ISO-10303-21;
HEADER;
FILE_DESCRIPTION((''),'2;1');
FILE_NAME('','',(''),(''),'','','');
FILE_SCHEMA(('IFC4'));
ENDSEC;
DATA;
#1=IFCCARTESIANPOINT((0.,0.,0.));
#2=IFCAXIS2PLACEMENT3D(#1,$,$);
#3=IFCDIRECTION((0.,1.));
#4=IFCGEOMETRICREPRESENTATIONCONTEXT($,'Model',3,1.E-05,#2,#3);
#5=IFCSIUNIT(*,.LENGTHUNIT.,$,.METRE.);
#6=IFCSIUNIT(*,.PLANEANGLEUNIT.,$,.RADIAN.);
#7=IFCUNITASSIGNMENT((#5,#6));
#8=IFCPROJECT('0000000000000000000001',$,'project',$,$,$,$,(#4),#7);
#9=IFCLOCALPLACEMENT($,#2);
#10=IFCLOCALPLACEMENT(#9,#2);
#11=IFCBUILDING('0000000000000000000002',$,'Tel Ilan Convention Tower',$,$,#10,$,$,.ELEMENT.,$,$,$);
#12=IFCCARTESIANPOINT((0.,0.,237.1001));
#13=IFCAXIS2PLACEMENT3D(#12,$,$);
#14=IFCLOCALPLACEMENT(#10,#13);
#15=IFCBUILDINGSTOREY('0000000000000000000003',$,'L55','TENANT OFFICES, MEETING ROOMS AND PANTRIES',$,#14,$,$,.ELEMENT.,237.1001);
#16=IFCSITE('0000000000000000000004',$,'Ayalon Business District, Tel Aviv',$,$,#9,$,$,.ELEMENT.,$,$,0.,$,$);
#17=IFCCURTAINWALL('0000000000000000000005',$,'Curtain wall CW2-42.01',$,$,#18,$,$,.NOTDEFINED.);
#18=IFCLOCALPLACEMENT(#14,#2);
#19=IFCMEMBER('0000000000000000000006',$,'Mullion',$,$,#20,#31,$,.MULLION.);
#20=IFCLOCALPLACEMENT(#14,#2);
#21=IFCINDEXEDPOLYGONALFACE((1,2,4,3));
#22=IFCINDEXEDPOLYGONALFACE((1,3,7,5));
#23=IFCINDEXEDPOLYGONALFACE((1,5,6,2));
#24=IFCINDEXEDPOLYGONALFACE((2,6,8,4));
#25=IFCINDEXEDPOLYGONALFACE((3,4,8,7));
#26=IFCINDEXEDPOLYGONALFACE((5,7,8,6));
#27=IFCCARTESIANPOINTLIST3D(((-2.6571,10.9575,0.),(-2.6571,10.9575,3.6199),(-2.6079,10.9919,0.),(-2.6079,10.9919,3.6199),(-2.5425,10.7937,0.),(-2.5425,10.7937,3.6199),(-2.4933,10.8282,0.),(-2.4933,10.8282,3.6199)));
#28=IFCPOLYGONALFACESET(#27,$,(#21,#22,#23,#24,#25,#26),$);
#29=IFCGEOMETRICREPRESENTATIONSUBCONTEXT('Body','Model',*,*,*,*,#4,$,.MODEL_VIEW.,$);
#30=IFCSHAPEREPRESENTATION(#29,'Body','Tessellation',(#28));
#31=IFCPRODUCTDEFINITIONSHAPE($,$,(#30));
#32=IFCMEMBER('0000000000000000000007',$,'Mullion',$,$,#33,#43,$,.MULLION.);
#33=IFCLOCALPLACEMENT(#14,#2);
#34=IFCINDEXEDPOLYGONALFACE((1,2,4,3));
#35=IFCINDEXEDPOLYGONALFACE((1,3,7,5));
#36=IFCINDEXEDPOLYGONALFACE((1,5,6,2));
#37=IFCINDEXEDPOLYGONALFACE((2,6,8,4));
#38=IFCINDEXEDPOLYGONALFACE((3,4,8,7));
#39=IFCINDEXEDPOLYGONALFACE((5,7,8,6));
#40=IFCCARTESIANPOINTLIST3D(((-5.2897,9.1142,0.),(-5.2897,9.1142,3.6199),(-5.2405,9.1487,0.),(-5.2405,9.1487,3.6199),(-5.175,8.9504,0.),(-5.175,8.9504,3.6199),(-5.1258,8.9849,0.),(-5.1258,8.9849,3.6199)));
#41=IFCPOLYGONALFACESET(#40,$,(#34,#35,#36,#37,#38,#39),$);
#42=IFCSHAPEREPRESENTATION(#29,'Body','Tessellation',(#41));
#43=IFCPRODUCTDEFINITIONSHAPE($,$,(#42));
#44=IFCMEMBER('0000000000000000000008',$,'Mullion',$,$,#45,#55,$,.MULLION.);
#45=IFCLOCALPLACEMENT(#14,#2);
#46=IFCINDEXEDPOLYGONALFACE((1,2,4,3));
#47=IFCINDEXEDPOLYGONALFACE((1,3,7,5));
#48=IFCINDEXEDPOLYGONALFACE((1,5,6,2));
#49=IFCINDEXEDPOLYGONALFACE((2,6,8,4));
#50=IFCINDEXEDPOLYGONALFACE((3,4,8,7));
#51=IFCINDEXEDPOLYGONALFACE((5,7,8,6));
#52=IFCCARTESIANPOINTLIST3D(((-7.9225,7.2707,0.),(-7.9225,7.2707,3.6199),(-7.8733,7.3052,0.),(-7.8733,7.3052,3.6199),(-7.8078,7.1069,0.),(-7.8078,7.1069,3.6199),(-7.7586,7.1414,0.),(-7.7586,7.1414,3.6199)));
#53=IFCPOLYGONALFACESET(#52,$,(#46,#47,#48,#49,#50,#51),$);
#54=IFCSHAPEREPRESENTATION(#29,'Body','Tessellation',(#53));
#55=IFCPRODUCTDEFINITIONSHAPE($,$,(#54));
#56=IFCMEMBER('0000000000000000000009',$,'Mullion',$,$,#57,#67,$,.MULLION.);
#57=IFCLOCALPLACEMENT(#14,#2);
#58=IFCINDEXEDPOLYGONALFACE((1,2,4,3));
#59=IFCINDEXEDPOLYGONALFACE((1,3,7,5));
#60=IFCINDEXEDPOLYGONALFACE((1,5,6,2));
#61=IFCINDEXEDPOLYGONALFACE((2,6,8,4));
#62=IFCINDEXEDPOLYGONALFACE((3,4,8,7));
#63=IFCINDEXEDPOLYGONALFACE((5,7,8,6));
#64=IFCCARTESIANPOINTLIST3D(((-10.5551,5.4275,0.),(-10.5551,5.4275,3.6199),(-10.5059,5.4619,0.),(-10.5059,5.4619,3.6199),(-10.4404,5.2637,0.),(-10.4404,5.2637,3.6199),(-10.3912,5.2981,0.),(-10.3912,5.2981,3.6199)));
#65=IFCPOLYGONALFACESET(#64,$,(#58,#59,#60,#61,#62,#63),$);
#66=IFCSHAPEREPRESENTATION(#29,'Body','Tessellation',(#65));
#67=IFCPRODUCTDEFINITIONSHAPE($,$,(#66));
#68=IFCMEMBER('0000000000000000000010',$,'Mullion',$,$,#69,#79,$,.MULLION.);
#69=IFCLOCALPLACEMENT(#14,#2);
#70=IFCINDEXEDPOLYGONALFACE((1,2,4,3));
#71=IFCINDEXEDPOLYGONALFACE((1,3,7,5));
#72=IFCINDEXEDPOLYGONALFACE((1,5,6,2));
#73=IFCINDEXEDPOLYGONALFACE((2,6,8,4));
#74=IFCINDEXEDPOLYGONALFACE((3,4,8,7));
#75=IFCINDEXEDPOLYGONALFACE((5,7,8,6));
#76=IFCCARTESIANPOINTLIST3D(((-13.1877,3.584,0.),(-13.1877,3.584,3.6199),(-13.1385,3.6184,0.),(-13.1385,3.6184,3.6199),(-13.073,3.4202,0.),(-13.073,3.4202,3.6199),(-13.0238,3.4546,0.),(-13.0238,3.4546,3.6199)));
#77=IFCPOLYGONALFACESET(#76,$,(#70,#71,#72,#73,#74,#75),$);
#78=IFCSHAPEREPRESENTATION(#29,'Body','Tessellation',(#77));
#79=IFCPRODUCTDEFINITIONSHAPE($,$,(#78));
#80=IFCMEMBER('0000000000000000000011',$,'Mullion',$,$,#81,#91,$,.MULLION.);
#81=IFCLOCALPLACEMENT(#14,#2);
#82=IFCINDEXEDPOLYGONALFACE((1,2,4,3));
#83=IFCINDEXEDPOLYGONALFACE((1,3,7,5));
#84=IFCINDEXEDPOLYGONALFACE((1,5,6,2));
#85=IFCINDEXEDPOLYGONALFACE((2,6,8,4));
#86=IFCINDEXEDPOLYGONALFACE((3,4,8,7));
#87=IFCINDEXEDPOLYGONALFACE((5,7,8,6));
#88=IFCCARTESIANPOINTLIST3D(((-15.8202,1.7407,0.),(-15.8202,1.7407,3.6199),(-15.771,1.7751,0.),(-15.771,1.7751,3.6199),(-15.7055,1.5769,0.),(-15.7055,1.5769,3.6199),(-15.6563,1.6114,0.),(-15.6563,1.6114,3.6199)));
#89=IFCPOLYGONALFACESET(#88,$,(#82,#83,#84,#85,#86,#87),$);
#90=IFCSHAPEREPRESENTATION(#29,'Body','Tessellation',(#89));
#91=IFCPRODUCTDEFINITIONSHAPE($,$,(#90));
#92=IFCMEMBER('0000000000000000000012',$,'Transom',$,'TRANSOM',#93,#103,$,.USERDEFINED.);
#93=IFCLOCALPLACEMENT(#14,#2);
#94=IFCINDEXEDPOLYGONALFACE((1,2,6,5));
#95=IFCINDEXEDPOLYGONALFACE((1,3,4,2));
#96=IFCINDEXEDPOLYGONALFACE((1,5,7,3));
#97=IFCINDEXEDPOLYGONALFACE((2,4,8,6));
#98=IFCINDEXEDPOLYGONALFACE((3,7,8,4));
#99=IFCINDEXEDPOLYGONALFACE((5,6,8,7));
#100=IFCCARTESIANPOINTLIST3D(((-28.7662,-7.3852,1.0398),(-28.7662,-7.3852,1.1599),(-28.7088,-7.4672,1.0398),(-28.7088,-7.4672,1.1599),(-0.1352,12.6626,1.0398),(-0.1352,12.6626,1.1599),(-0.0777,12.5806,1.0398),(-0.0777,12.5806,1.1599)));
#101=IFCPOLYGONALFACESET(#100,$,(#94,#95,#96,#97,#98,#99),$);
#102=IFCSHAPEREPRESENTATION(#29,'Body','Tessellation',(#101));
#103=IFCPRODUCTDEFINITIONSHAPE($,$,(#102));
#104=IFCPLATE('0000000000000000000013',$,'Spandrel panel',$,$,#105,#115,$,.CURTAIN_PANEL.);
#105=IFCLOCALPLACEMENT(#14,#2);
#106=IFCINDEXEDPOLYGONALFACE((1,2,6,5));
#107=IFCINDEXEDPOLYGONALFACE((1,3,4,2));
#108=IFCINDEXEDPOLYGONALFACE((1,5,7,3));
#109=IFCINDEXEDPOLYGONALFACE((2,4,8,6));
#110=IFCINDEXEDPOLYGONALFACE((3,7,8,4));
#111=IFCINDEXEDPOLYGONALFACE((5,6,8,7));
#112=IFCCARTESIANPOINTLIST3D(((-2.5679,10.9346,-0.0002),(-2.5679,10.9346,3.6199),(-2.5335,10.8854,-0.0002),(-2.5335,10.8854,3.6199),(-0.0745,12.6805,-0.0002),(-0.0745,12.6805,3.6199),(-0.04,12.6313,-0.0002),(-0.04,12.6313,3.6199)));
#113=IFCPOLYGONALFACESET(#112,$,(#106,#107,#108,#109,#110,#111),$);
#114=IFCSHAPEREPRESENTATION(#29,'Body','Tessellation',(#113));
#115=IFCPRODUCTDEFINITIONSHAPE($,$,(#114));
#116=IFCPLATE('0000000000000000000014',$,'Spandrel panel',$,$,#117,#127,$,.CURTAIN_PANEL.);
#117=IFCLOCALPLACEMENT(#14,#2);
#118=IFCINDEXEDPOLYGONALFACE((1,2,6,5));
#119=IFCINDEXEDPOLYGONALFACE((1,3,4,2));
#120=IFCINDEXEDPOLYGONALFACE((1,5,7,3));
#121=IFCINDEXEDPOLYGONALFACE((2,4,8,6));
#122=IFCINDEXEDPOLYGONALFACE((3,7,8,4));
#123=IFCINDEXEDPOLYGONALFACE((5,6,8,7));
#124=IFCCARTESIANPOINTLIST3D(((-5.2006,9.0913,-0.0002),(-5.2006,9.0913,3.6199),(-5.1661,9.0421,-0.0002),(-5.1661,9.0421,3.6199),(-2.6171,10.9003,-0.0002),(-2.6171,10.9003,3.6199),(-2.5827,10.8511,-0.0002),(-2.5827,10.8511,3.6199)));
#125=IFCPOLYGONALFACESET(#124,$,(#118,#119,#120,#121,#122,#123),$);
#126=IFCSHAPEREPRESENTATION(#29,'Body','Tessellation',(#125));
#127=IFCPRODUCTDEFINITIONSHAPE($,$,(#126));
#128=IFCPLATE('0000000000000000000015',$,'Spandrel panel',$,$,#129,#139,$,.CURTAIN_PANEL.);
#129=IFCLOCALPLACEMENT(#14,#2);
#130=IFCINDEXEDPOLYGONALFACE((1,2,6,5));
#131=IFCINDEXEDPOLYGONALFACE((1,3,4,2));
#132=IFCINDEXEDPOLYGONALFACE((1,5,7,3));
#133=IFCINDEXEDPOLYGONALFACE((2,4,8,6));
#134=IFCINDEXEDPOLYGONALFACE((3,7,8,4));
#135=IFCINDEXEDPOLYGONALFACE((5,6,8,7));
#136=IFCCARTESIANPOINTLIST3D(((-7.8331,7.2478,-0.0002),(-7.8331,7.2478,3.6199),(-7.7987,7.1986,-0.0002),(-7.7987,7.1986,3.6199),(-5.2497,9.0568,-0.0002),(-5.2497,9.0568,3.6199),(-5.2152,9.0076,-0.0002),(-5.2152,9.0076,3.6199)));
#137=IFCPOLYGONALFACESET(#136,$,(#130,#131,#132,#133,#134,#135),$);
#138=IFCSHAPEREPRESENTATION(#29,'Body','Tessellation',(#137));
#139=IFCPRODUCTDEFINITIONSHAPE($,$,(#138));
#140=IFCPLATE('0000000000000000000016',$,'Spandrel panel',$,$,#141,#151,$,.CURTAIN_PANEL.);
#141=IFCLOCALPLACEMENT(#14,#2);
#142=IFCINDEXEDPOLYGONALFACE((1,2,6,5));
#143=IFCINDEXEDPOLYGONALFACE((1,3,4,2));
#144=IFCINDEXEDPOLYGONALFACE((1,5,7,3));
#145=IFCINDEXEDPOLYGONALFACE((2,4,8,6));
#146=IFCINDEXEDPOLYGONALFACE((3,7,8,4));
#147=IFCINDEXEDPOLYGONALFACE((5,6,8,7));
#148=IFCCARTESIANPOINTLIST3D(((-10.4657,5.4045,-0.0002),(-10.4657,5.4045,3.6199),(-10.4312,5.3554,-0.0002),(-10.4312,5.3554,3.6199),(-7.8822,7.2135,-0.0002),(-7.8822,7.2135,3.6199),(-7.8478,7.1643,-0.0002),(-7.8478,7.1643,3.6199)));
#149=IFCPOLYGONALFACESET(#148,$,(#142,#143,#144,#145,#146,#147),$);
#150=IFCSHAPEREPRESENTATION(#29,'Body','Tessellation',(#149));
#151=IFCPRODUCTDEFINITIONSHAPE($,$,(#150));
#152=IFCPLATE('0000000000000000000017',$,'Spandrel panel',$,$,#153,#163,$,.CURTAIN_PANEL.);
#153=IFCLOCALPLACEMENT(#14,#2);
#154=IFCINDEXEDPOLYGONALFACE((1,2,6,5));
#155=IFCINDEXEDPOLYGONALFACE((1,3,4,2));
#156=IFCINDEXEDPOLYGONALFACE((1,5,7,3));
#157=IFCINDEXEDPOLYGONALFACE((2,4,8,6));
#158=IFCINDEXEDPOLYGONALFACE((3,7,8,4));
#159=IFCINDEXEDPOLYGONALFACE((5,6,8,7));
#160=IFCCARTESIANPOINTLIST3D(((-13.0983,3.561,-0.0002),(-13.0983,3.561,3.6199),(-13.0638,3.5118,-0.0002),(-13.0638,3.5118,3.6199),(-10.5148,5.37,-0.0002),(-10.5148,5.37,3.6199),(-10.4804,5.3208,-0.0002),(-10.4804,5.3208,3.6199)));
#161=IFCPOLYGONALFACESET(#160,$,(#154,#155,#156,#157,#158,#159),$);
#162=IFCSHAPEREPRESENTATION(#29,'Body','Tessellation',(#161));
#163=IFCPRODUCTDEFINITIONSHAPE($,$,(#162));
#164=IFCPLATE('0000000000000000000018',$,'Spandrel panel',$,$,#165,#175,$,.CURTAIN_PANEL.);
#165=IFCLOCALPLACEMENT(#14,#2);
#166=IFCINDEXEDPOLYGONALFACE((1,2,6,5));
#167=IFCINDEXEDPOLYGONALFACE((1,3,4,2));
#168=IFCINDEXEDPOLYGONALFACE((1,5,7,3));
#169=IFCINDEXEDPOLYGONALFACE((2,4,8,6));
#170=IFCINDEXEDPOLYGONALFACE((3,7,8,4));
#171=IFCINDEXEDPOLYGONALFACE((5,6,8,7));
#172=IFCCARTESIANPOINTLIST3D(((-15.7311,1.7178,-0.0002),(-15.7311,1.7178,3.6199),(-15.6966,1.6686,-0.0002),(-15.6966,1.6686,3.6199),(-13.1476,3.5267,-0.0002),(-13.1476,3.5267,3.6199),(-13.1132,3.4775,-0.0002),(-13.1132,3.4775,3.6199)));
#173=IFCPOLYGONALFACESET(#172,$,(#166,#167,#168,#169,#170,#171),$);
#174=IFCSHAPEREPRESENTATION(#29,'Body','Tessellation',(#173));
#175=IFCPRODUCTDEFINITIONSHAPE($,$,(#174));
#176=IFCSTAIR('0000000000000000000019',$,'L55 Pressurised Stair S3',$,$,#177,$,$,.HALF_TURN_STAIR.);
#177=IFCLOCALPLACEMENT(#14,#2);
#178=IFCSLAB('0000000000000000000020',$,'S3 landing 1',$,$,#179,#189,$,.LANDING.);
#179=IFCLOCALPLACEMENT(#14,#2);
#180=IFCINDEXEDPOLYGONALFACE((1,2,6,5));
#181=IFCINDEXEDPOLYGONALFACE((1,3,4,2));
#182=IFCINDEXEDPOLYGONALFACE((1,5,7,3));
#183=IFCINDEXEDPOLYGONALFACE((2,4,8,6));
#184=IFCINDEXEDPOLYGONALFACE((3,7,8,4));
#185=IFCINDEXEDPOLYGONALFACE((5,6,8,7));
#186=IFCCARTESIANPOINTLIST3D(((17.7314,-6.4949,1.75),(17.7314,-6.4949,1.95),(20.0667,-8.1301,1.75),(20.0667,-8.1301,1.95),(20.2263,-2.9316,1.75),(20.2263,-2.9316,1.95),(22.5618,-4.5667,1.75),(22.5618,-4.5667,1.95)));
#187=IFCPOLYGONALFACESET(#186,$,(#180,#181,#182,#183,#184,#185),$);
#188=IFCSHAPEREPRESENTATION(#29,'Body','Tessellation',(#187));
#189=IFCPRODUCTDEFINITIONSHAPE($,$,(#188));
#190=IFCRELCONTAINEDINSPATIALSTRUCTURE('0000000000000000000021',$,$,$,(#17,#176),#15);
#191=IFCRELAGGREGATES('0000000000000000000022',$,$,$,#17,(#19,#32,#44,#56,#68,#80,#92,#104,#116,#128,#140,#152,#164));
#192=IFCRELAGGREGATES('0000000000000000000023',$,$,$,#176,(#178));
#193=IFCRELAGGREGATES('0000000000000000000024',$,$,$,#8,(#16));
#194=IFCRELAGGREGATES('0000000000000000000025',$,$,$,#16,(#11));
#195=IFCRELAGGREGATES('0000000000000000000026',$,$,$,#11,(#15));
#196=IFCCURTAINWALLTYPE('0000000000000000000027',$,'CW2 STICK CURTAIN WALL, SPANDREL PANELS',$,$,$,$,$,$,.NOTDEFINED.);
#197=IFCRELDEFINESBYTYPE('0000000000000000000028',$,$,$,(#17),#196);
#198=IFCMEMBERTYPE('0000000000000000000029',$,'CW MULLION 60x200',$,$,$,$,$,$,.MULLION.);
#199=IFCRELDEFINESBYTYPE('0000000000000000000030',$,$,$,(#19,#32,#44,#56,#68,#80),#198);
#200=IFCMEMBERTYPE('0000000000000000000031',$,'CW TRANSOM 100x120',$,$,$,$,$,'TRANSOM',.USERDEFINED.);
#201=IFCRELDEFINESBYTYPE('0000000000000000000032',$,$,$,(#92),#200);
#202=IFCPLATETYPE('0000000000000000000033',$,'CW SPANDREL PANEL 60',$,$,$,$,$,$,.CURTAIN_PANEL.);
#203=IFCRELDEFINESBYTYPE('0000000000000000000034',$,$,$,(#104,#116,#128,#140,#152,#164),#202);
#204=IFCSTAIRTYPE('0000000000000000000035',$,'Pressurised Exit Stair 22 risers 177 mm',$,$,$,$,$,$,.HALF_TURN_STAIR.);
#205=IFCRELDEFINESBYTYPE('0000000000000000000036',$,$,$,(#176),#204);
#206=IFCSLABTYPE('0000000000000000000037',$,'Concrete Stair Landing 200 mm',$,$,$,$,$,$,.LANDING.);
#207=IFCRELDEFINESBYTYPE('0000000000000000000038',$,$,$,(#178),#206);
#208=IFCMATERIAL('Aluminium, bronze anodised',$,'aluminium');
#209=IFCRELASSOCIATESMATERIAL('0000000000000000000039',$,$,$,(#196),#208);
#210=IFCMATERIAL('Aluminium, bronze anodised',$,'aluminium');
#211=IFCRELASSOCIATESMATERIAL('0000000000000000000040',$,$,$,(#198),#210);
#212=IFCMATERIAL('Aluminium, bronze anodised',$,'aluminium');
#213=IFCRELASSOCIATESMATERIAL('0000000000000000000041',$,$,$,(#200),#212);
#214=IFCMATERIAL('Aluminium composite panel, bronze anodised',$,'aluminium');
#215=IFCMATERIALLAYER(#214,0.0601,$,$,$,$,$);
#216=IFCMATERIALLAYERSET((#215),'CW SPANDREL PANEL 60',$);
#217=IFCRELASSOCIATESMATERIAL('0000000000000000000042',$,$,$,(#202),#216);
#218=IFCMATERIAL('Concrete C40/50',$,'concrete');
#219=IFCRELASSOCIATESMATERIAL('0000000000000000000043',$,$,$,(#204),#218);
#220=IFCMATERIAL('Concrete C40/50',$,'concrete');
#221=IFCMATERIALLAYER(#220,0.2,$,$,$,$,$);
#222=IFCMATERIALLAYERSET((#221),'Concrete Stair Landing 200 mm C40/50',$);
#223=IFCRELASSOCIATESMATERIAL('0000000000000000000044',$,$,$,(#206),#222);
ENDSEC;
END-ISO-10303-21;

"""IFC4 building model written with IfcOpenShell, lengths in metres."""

from ifc_helpers import new_model, si_unit, direction, frame, origin, origin_2d, place, context, subcontext, project, spatial, polyline, rectangle, outline, extrude, material, layer, layer_set, material_profile, profile_set, type_object, element, aggregate, save


model = new_model("IFC4")

# Units and contexts
model_context = context("Model", 3, precision=1e-05, world=origin(), true_north=direction((0.0, 1.0)))
body_context = subcontext(model_context, "Body", "Model", "MODEL_VIEW")
ifc_project = project(units=[si_unit("LENGTHUNIT", "METRE"), si_unit("PLANEANGLEUNIT", "RADIAN")], contexts=[model_context])

# Site, building, storey
site_placement = place(None, origin())
site = spatial("IfcSite", under=ifc_project, at=site_placement, Name="Ayalon Business District, Tel Aviv", CompositionType="ELEMENT", RefElevation=0.0)
building_placement = place(site_placement, origin())
building = spatial("IfcBuilding", under=site, at=building_placement, Name="Tel Ilan Convention Tower", CompositionType="ELEMENT")
storey_placement = place(building_placement, frame((0.0, 0.0, 237.1001)))
storey = spatial("IfcBuildingStorey", under=building, at=storey_placement, Name="L55", Description="TENANT OFFICES, MEETING ROOMS AND PANTRIES", CompositionType="ELEMENT", Elevation=237.1001)

# Curtain wall, members, plates
ifc_material_1 = material(Name="Aluminium, bronze anodised", Category="aluminium")
curtain_wall_type = type_object("IfcCurtainWallType", Name="CW2 STICK CURTAIN WALL, SPANDREL PANELS", PredefinedType="NOTDEFINED", material=ifc_material_1)
curtain_wall_placement = place(storey_placement, origin())
curtain_wall = element("IfcCurtainWall", 1, at=curtain_wall_placement, inside=storey, type_object=curtain_wall_type, Name="Curtain wall CW2-42.01", PredefinedType="NOTDEFINED")
ifc_material_2 = material(Name="Aluminium, bronze anodised", Category="aluminium")
ifc_material_profile_1 = material_profile(ifc_material_2, rectangle(XDim=0.0601, YDim=0.2, at=origin_2d()), Name="CW MULLION 60x200")
ifc_profile_set_1 = profile_set([ifc_material_profile_1], Name="Aluminium, bronze anodised")
member_type_1 = type_object("IfcMemberType", Name="CW MULLION 60x200", PredefinedType="MULLION", material=ifc_profile_set_1)
member_1_placement = place(storey_placement, frame((-2.5752, 10.8928, 0.0), z_axis=(0.0, 0.0, 1.0), x_axis=(-0.819152, -0.573576, 0.0)))
member_1 = element("IfcMember", 2, at=member_1_placement, type_object=member_type_1, Name="Mullion", PredefinedType="MULLION", context=body_context, shape_type="SweptSolid", body=[
    extrude(rectangle(XDim=0.0601, YDim=0.2, at=origin_2d()), origin(), (0.0, 0.0, 1.0), 3.6199),
])
member_2_placement = place(storey_placement, frame((-5.2078, 9.0496, 0.0), z_axis=(0.0, 0.0, 1.0), x_axis=(-0.819152, -0.573576, 0.0)))
member_2 = element("IfcMember", 3, at=member_2_placement, type_object=member_type_1, Name="Mullion", PredefinedType="MULLION", context=body_context, shape_type="SweptSolid", body=[
    extrude(rectangle(XDim=0.0601, YDim=0.2, at=origin_2d()), origin(), (0.0, 0.0, 1.0), 3.6199),
])
member_3_placement = place(storey_placement, frame((-7.8406, 7.2061, 0.0), z_axis=(0.0, 0.0, 1.0), x_axis=(-0.819152, -0.573576, 0.0)))
member_3 = element("IfcMember", 4, at=member_3_placement, type_object=member_type_1, Name="Mullion", PredefinedType="MULLION", context=body_context, shape_type="SweptSolid", body=[
    extrude(rectangle(XDim=0.0601, YDim=0.2, at=origin_2d()), origin(), (0.0, 0.0, 1.0), 3.6199),
])
member_4_placement = place(storey_placement, frame((-10.4731, 5.3628, 0.0), z_axis=(0.0, 0.0, 1.0), x_axis=(-0.819152, -0.573576, 0.0)))
member_4 = element("IfcMember", 5, at=member_4_placement, type_object=member_type_1, Name="Mullion", PredefinedType="MULLION", context=body_context, shape_type="SweptSolid", body=[
    extrude(rectangle(XDim=0.0601, YDim=0.2, at=origin_2d()), origin(), (0.0, 0.0, 1.0), 3.6199),
])
member_5_placement = place(storey_placement, frame((-13.1057, 3.5193, 0.0), z_axis=(0.0, 0.0, 1.0), x_axis=(-0.819152, -0.573576, 0.0)))
member_5 = element("IfcMember", 6, at=member_5_placement, type_object=member_type_1, Name="Mullion", PredefinedType="MULLION", context=body_context, shape_type="SweptSolid", body=[
    extrude(rectangle(XDim=0.0601, YDim=0.2, at=origin_2d()), origin(), (0.0, 0.0, 1.0), 3.6199),
])
member_6_placement = place(storey_placement, frame((-15.7383, 1.676, 0.0), z_axis=(0.0, 0.0, 1.0), x_axis=(-0.819152, -0.573576, 0.0)))
member_6 = element("IfcMember", 7, at=member_6_placement, type_object=member_type_1, Name="Mullion", PredefinedType="MULLION", context=body_context, shape_type="SweptSolid", body=[
    extrude(rectangle(XDim=0.0601, YDim=0.2, at=origin_2d()), origin(), (0.0, 0.0, 1.0), 3.6199),
])
ifc_material_3 = material(Name="Aluminium, bronze anodised", Category="aluminium")
ifc_material_profile_2 = material_profile(ifc_material_3, rectangle(XDim=0.1001, YDim=0.1201, at=origin_2d()), Name="CW TRANSOM 100x120")
ifc_profile_set_2 = profile_set([ifc_material_profile_2], Name="Aluminium, bronze anodised")
member_type_2 = type_object("IfcMemberType", Name="CW TRANSOM 100x120", ElementType="TRANSOM", PredefinedType="USERDEFINED", material=ifc_profile_set_2)
member_7_placement = place(storey_placement, frame((-0.1064, 12.6216, 1.0999), z_axis=(-0.81915, -0.573579, 0.0), x_axis=(0.573579, -0.81915, 0.0)))
member_7 = element("IfcMember", 8, at=member_7_placement, type_object=member_type_2, Name="Transom", ObjectType="TRANSOM", PredefinedType="USERDEFINED", context=body_context, shape_type="SweptSolid", body=[
    extrude(rectangle(XDim=0.1001, YDim=0.1201, at=origin_2d()), origin(), (0.0, 0.0, 1.0), 34.9521),
])
ifc_material_4 = material(Name="Aluminium composite panel, bronze anodised", Category="aluminium")
ifc_layer_1 = layer(ifc_material_4, 0.0601)
ifc_layer_set_1 = layer_set([ifc_layer_1], Name="CW SPANDREL PANEL 60")
plate_type = type_object("IfcPlateType", Name="CW SPANDREL PANEL 60", PredefinedType="CURTAIN_PANEL", material=ifc_layer_set_1)
plate_1_placement = place(storey_placement, frame((-1.304, 11.783, -0.0002), z_axis=(0.0, 0.0, 1.0), x_axis=(-0.819152, -0.573576, 0.0)))
plate_1 = element("IfcPlate", 9, at=plate_1_placement, type_object=plate_type, Name="Spandrel panel", PredefinedType="CURTAIN_PANEL", context=body_context, shape_type="SweptSolid", body=[
    extrude(rectangle(XDim=3.0439, YDim=0.0601, at=origin_2d()), origin(), (0.0, 0.0, 1.0), 3.6201),
])
plate_2_placement = place(storey_placement, frame((-3.8916, 9.9712, -0.0002), z_axis=(0.0, 0.0, 1.0), x_axis=(-0.819152, -0.573576, 0.0)))
plate_2 = element("IfcPlate", 10, at=plate_2_placement, type_object=plate_type, Name="Spandrel panel", PredefinedType="CURTAIN_PANEL", context=body_context, shape_type="SweptSolid", body=[
    extrude(rectangle(XDim=3.1538, YDim=0.0601, at=origin_2d()), origin(), (0.0, 0.0, 1.0), 3.6201),
])
plate_3_placement = place(storey_placement, frame((-6.5242, 8.1277, -0.0002), z_axis=(0.0, 0.0, 1.0), x_axis=(-0.819152, -0.573576, 0.0)))
plate_3 = element("IfcPlate", 11, at=plate_3_placement, type_object=plate_type, Name="Spandrel panel", PredefinedType="CURTAIN_PANEL", context=body_context, shape_type="SweptSolid", body=[
    extrude(rectangle(XDim=3.1538, YDim=0.0601, at=origin_2d()), origin(), (0.0, 0.0, 1.0), 3.6201),
])
plate_4_placement = place(storey_placement, frame((-9.1567, 6.2844, -0.0002), z_axis=(0.0, 0.0, 1.0), x_axis=(-0.819152, -0.573576, 0.0)))
plate_4 = element("IfcPlate", 12, at=plate_4_placement, type_object=plate_type, Name="Spandrel panel", PredefinedType="CURTAIN_PANEL", context=body_context, shape_type="SweptSolid", body=[
    extrude(rectangle(XDim=3.1538, YDim=0.0601, at=origin_2d()), origin(), (0.0, 0.0, 1.0), 3.6201),
])
plate_5_placement = place(storey_placement, frame((-11.7893, 4.4409, -0.0002), z_axis=(0.0, 0.0, 1.0), x_axis=(-0.819152, -0.573576, 0.0)))
plate_5 = element("IfcPlate", 13, at=plate_5_placement, type_object=plate_type, Name="Spandrel panel", PredefinedType="CURTAIN_PANEL", context=body_context, shape_type="SweptSolid", body=[
    extrude(rectangle(XDim=3.1538, YDim=0.0601, at=origin_2d()), origin(), (0.0, 0.0, 1.0), 3.6201),
])
plate_6_placement = place(storey_placement, frame((-14.4221, 2.5977, -0.0002), z_axis=(0.0, 0.0, 1.0), x_axis=(-0.819152, -0.573576, 0.0)))
plate_6 = element("IfcPlate", 14, at=plate_6_placement, type_object=plate_type, Name="Spandrel panel", PredefinedType="CURTAIN_PANEL", context=body_context, shape_type="SweptSolid", body=[
    extrude(rectangle(XDim=3.1538, YDim=0.0601, at=origin_2d()), origin(), (0.0, 0.0, 1.0), 3.6201),
])
aggregate(curtain_wall, [member_1, member_2, member_3, member_4, member_5, member_6, member_7, plate_1, plate_2, plate_3, plate_4, plate_5, plate_6])

# Stair, slab
ifc_material_5 = material(Name="Concrete C40/50", Category="concrete")
stair_type = type_object("IfcStairType", Name="Pressurised Exit Stair 22 risers 177 mm", PredefinedType="HALF_TURN_STAIR", material=ifc_material_5)
stair_placement = place(storey_placement, origin())
stair = element("IfcStair", 15, at=stair_placement, inside=storey, type_object=stair_type, Name="L55 Pressurised Stair S3", PredefinedType="HALF_TURN_STAIR")
ifc_material_6 = material(Name="Concrete C40/50", Category="concrete")
ifc_layer_2 = layer(ifc_material_6, 0.2)
ifc_layer_set_2 = layer_set([ifc_layer_2], Name="Concrete Stair Landing 200 mm C40/50")
slab_type = type_object("IfcSlabType", Name="Concrete Stair Landing 200 mm", PredefinedType="LANDING", material=ifc_layer_set_2)
slab_placement = place(storey_placement, frame((0.0, 0.0, 1.75)))
slab = element("IfcSlab", 16, at=slab_placement, type_object=slab_type, Name="S3 landing 1", PredefinedType="LANDING", context=body_context, shape_type="SweptSolid", body=[
    extrude(outline(polyline([(22.5618, -4.5667), (20.2263, -2.9316), (17.7314, -6.4949), (20.0667, -8.1301), (22.5618, -4.5667)])), origin(), (0.0, 0.0, 1.0), 0.2),
])
aggregate(stair, [slab])

save(model, "model.ifc")
